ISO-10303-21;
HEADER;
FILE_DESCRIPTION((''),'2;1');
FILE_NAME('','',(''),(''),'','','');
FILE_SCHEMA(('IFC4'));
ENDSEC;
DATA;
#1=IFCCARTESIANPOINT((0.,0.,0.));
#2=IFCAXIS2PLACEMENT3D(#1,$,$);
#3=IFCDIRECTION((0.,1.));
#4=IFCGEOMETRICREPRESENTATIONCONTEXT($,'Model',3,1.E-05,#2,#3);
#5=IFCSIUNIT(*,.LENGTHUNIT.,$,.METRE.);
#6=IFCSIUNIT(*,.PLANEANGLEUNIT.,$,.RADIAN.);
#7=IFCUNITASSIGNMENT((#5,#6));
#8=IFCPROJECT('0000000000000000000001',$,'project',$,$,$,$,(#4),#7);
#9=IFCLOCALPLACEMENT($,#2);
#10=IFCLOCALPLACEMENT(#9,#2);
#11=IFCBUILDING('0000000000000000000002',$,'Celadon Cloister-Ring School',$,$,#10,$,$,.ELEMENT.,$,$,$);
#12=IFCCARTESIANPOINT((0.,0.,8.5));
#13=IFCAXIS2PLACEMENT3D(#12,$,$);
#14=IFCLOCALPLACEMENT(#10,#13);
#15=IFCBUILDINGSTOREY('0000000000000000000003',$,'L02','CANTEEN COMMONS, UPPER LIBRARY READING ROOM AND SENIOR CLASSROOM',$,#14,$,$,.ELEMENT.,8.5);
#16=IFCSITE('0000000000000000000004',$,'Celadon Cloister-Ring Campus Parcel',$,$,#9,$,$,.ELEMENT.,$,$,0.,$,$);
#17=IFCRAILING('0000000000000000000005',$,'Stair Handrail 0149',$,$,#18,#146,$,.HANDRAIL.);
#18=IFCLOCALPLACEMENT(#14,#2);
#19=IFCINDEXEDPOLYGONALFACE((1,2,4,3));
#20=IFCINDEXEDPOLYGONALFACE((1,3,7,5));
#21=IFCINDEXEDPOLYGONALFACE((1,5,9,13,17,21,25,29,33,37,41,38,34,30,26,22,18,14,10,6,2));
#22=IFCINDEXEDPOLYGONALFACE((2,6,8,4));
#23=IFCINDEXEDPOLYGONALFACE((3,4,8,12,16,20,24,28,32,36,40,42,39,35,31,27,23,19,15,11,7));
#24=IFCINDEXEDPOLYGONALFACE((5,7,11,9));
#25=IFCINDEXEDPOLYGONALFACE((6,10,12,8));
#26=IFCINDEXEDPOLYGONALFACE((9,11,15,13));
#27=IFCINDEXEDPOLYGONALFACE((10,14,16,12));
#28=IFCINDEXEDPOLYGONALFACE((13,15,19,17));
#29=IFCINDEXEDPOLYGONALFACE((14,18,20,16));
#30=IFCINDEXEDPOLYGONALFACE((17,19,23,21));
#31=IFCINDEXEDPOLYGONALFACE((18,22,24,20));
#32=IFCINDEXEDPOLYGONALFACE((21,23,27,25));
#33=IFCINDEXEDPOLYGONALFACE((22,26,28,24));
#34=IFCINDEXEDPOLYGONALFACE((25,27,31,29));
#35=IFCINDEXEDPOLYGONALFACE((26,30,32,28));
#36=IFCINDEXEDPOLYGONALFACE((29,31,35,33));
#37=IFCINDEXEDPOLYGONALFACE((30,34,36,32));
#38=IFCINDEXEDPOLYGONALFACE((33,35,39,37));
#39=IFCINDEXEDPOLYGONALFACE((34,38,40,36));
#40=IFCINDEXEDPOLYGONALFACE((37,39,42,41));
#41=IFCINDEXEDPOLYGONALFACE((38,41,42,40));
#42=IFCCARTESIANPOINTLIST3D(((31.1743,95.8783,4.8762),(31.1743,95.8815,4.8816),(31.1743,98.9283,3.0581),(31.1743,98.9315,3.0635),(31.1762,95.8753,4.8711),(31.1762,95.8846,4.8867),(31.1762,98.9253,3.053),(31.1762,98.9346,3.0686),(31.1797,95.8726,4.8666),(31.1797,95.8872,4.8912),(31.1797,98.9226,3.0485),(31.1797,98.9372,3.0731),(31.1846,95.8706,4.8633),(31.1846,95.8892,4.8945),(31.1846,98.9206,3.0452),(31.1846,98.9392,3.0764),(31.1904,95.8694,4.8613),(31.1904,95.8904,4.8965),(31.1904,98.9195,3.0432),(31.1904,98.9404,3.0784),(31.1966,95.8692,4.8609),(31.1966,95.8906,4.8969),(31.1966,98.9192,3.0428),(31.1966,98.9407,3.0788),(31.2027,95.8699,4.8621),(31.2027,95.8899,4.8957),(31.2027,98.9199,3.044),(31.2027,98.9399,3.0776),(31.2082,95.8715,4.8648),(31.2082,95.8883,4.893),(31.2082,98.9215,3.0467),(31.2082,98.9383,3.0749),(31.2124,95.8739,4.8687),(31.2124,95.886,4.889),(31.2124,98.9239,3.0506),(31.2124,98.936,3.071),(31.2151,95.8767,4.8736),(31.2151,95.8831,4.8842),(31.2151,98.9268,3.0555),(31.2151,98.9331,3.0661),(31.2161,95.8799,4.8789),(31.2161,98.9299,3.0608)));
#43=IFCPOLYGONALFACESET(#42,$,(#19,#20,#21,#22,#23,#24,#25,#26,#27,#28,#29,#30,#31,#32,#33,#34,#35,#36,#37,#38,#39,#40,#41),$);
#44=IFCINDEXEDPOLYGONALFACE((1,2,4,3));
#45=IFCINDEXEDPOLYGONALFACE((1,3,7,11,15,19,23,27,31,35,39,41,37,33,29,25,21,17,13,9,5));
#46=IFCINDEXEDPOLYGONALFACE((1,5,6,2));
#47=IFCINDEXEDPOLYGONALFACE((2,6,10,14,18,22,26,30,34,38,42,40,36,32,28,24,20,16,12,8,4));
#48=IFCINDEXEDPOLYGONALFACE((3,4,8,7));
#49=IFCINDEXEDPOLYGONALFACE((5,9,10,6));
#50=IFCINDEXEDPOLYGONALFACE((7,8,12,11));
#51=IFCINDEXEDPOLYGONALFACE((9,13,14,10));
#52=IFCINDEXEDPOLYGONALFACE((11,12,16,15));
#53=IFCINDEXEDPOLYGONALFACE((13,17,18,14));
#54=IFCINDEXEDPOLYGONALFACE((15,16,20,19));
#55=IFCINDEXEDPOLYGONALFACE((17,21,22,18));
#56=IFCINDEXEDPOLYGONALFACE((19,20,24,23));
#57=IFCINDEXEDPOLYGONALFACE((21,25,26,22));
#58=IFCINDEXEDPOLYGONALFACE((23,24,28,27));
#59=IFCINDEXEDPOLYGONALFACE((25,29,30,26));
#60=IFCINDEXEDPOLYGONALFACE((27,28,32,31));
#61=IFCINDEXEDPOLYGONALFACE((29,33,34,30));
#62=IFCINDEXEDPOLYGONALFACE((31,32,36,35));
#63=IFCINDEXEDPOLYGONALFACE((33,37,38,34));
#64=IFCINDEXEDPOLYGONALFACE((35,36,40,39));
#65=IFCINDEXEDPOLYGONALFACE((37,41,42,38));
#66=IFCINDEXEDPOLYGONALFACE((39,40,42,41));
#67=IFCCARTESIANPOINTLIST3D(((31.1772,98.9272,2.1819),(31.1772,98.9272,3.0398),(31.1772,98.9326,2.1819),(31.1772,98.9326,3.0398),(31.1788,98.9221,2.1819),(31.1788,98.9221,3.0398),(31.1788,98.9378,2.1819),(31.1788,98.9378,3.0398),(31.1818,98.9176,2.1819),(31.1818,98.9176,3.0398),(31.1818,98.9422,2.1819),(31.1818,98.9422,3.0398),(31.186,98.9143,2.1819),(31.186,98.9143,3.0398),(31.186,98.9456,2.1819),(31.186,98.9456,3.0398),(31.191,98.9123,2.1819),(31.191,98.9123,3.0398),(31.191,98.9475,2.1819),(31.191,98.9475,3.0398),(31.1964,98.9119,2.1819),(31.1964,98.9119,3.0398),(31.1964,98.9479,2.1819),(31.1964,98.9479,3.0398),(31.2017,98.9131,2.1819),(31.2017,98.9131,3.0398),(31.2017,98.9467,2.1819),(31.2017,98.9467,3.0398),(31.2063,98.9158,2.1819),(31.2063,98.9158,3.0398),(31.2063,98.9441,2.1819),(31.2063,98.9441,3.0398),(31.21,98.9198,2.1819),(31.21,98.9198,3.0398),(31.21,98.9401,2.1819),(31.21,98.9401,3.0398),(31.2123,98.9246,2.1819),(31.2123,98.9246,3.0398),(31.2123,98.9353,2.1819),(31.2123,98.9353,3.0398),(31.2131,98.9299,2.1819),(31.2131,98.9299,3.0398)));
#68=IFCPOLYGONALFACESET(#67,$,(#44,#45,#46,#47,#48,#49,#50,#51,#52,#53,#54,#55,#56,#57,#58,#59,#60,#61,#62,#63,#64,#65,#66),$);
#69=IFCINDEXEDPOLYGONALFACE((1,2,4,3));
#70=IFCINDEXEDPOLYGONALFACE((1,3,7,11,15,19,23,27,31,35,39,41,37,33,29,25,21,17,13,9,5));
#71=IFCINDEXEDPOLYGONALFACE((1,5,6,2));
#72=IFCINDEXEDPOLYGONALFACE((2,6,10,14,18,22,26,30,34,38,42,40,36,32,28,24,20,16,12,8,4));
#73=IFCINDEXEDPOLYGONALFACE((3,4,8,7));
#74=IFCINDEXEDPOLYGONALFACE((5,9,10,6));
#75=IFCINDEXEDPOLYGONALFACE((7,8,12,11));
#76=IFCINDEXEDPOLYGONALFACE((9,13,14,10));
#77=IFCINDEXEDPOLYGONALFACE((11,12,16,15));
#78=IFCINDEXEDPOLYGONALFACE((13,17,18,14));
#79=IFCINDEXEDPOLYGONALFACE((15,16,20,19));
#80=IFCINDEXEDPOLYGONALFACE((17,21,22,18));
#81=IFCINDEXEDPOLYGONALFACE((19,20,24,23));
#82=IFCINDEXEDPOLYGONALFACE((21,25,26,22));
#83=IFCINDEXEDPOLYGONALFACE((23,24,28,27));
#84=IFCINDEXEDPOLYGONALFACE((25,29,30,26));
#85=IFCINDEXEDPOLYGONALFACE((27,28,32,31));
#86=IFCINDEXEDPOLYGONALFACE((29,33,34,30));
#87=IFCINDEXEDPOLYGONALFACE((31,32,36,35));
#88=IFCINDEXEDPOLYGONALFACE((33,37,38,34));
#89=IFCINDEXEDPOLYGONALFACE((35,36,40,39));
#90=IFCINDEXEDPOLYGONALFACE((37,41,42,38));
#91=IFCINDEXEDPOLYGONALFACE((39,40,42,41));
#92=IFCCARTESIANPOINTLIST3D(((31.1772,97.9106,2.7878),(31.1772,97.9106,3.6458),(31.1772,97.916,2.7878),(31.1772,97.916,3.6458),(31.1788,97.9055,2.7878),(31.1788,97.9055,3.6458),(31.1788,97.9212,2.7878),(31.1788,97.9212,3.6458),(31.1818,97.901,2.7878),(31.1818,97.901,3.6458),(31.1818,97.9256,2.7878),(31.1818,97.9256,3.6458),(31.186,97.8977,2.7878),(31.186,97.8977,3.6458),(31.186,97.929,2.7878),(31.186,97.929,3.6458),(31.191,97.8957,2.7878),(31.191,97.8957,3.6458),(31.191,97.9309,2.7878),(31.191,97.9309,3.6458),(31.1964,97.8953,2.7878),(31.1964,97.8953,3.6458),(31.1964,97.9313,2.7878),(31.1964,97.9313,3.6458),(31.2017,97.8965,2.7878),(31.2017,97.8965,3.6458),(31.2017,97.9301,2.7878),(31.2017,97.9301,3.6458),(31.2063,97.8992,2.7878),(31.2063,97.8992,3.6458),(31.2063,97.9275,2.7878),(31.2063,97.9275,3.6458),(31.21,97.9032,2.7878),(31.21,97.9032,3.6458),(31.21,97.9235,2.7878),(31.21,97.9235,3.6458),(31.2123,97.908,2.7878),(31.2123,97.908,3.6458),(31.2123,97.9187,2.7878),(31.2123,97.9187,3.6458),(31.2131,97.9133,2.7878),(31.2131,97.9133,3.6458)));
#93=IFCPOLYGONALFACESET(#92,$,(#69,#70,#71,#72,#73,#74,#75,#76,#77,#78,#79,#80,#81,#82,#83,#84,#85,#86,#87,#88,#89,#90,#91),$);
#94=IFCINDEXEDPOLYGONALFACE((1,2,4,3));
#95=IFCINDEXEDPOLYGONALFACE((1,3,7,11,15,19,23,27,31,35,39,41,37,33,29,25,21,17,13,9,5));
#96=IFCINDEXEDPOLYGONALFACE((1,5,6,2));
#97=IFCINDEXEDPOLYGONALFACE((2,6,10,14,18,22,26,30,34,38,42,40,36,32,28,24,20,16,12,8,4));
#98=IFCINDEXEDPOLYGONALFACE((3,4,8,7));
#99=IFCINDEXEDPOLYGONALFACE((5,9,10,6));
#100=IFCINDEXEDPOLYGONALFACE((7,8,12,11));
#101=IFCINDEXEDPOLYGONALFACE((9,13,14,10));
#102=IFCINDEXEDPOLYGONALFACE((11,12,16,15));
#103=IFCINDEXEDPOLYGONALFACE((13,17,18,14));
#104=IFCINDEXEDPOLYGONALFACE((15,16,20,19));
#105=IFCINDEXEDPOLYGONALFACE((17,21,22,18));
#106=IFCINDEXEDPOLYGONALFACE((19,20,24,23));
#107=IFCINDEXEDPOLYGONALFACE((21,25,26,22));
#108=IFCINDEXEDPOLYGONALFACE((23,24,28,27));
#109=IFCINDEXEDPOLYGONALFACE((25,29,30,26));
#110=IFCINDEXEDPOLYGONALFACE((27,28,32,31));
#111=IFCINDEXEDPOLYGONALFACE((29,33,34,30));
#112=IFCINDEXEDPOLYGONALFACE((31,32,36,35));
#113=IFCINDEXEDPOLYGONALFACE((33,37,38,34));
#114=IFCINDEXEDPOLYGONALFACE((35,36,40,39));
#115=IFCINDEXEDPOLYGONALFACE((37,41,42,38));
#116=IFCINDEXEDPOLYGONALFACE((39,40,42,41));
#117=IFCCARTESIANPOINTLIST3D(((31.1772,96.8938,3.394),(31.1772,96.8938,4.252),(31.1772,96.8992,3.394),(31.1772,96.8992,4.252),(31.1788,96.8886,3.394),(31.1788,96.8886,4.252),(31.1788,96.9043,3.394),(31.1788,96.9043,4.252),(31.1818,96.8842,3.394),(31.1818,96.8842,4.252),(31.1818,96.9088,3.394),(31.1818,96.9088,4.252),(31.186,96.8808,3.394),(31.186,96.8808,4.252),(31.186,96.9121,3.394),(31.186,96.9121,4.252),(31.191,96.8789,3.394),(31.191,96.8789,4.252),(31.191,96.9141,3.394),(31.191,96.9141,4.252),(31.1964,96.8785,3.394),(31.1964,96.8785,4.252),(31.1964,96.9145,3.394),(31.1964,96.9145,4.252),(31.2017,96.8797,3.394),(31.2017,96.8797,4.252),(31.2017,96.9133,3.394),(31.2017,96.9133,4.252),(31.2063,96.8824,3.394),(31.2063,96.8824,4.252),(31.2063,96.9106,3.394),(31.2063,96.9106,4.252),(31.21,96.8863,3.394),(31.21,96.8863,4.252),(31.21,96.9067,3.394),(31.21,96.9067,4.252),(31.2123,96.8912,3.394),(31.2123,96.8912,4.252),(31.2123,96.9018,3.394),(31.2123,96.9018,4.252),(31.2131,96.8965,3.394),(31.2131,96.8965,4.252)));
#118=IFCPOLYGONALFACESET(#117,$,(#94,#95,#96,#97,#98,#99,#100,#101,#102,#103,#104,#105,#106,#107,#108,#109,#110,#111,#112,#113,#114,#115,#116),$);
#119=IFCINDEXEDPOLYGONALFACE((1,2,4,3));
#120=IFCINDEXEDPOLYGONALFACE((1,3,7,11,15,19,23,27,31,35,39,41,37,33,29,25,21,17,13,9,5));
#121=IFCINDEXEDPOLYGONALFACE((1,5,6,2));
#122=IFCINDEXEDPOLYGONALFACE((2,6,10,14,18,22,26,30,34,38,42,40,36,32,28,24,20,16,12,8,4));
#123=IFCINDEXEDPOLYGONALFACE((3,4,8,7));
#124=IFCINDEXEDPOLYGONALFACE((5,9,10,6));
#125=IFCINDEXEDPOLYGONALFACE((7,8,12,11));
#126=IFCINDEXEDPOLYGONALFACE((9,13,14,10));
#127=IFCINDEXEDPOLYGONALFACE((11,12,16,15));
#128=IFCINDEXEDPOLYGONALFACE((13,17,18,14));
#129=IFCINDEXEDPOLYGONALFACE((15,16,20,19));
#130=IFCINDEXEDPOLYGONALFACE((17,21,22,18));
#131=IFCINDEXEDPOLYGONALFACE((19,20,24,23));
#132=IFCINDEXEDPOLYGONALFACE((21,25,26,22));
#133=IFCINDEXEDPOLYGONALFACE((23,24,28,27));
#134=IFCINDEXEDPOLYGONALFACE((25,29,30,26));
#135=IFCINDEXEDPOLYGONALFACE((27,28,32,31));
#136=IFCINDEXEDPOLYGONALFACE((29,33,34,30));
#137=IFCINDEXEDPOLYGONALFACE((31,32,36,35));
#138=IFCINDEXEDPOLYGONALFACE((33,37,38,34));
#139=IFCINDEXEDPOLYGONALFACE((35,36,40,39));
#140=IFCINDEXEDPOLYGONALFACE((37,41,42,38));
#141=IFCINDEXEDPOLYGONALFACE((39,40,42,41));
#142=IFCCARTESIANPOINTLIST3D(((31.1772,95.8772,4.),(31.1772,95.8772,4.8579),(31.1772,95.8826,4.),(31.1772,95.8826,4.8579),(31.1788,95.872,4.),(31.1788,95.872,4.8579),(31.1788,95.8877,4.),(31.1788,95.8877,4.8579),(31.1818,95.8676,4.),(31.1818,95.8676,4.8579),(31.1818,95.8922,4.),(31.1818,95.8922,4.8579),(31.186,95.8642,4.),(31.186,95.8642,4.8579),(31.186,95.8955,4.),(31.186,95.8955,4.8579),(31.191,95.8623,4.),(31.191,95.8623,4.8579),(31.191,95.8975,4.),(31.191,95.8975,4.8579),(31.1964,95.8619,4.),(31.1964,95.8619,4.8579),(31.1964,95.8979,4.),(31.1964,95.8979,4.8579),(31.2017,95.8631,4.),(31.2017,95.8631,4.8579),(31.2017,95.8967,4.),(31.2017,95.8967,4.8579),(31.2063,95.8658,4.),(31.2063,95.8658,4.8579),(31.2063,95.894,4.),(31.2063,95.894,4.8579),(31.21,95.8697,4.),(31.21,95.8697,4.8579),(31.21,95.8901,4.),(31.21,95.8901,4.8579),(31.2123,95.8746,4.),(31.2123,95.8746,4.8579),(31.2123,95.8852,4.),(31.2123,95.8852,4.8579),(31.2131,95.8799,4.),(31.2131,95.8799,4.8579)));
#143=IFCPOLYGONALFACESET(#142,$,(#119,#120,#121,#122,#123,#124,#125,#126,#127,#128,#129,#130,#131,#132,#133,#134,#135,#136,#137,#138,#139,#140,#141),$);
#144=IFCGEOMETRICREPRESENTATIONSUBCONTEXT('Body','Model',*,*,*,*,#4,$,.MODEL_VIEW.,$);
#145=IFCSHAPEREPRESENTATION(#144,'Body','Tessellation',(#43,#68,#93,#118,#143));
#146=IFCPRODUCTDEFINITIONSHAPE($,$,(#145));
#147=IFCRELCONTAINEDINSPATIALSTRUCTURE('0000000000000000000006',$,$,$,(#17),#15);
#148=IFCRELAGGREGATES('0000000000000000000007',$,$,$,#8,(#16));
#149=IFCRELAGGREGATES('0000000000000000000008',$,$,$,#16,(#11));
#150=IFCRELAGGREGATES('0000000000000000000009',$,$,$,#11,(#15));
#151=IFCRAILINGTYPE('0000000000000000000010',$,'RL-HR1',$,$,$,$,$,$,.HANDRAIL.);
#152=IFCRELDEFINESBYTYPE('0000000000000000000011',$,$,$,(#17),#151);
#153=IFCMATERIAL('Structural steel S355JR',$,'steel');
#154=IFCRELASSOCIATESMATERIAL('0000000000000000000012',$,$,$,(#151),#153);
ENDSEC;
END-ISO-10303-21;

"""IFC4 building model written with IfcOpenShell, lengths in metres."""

from ifc_helpers import new_model, si_unit, direction, frame, origin, origin_2d, place, context, subcontext, project, spatial, circle, extrude, material, type_object, element, save


model = new_model("IFC4")

# Units and contexts
model_context = context("Model", 3, precision=1e-05, world=origin(), true_north=direction((0.0, 1.0)))
body_context = subcontext(model_context, "Body", "Model", "MODEL_VIEW")
ifc_project = project(units=[si_unit("LENGTHUNIT", "METRE"), si_unit("PLANEANGLEUNIT", "RADIAN")], contexts=[model_context])

# Site, building, storey
site_placement = place(None, origin())
site = spatial("IfcSite", under=ifc_project, at=site_placement, Name="Celadon Cloister-Ring Campus Parcel", CompositionType="ELEMENT", RefElevation=0.0)
building_placement = place(site_placement, origin())
building = spatial("IfcBuilding", under=site, at=building_placement, Name="Celadon Cloister-Ring School", CompositionType="ELEMENT")
storey_placement = place(building_placement, frame((0.0, 0.0, 8.5)))
storey = spatial("IfcBuildingStorey", under=building, at=storey_placement, Name="L02", Description="CANTEEN COMMONS, UPPER LIBRARY READING ROOM AND SENIOR CLASSROOM", CompositionType="ELEMENT", Elevation=8.5)

# Railing
ifc_material_1 = material(Name="Structural steel S355JR", Category="steel")
railing_type_1 = type_object("IfcRailingType", Name="RL-HR1", PredefinedType="HANDRAIL", material=ifc_material_1)
for number, where, name in (
    (1, (31.1951, 98.9299, 2.1819), "Stair Handrail 0149"),
):
    element("IfcRailing", number, at=place(storey_placement, frame(where)), inside=storey, type_object=railing_type_1, Name=name, PredefinedType="HANDRAIL", context=body_context, shape_type="SweptSolid", body=[
        extrude(circle(Radius=0.021, at=origin_2d()), frame((0.0, 0.0, 0.8789), z_axis=(0.0, -0.85897, 0.512026), x_axis=(1.0, 0.0, 0.0)), (0.0, 0.0, 1.0), 3.5508),
        extrude(circle(Radius=0.0181, at=origin_2d()), origin(), (0.0, 0.0, 1.0), 0.8579),
        extrude(circle(Radius=0.0181, at=origin_2d()), frame((0.0, -1.0166, 0.606)), (0.0, 0.0, 1.0), 0.8579),
        extrude(circle(Radius=0.0181, at=origin_2d()), frame((0.0, -2.0334, 1.2122)), (0.0, 0.0, 1.0), 0.8579),
        extrude(circle(Radius=0.0181, at=origin_2d()), frame((0.0, -3.05, 1.8181)), (0.0, 0.0, 1.0), 0.8579),
    ])

save(model, "model.ifc")
